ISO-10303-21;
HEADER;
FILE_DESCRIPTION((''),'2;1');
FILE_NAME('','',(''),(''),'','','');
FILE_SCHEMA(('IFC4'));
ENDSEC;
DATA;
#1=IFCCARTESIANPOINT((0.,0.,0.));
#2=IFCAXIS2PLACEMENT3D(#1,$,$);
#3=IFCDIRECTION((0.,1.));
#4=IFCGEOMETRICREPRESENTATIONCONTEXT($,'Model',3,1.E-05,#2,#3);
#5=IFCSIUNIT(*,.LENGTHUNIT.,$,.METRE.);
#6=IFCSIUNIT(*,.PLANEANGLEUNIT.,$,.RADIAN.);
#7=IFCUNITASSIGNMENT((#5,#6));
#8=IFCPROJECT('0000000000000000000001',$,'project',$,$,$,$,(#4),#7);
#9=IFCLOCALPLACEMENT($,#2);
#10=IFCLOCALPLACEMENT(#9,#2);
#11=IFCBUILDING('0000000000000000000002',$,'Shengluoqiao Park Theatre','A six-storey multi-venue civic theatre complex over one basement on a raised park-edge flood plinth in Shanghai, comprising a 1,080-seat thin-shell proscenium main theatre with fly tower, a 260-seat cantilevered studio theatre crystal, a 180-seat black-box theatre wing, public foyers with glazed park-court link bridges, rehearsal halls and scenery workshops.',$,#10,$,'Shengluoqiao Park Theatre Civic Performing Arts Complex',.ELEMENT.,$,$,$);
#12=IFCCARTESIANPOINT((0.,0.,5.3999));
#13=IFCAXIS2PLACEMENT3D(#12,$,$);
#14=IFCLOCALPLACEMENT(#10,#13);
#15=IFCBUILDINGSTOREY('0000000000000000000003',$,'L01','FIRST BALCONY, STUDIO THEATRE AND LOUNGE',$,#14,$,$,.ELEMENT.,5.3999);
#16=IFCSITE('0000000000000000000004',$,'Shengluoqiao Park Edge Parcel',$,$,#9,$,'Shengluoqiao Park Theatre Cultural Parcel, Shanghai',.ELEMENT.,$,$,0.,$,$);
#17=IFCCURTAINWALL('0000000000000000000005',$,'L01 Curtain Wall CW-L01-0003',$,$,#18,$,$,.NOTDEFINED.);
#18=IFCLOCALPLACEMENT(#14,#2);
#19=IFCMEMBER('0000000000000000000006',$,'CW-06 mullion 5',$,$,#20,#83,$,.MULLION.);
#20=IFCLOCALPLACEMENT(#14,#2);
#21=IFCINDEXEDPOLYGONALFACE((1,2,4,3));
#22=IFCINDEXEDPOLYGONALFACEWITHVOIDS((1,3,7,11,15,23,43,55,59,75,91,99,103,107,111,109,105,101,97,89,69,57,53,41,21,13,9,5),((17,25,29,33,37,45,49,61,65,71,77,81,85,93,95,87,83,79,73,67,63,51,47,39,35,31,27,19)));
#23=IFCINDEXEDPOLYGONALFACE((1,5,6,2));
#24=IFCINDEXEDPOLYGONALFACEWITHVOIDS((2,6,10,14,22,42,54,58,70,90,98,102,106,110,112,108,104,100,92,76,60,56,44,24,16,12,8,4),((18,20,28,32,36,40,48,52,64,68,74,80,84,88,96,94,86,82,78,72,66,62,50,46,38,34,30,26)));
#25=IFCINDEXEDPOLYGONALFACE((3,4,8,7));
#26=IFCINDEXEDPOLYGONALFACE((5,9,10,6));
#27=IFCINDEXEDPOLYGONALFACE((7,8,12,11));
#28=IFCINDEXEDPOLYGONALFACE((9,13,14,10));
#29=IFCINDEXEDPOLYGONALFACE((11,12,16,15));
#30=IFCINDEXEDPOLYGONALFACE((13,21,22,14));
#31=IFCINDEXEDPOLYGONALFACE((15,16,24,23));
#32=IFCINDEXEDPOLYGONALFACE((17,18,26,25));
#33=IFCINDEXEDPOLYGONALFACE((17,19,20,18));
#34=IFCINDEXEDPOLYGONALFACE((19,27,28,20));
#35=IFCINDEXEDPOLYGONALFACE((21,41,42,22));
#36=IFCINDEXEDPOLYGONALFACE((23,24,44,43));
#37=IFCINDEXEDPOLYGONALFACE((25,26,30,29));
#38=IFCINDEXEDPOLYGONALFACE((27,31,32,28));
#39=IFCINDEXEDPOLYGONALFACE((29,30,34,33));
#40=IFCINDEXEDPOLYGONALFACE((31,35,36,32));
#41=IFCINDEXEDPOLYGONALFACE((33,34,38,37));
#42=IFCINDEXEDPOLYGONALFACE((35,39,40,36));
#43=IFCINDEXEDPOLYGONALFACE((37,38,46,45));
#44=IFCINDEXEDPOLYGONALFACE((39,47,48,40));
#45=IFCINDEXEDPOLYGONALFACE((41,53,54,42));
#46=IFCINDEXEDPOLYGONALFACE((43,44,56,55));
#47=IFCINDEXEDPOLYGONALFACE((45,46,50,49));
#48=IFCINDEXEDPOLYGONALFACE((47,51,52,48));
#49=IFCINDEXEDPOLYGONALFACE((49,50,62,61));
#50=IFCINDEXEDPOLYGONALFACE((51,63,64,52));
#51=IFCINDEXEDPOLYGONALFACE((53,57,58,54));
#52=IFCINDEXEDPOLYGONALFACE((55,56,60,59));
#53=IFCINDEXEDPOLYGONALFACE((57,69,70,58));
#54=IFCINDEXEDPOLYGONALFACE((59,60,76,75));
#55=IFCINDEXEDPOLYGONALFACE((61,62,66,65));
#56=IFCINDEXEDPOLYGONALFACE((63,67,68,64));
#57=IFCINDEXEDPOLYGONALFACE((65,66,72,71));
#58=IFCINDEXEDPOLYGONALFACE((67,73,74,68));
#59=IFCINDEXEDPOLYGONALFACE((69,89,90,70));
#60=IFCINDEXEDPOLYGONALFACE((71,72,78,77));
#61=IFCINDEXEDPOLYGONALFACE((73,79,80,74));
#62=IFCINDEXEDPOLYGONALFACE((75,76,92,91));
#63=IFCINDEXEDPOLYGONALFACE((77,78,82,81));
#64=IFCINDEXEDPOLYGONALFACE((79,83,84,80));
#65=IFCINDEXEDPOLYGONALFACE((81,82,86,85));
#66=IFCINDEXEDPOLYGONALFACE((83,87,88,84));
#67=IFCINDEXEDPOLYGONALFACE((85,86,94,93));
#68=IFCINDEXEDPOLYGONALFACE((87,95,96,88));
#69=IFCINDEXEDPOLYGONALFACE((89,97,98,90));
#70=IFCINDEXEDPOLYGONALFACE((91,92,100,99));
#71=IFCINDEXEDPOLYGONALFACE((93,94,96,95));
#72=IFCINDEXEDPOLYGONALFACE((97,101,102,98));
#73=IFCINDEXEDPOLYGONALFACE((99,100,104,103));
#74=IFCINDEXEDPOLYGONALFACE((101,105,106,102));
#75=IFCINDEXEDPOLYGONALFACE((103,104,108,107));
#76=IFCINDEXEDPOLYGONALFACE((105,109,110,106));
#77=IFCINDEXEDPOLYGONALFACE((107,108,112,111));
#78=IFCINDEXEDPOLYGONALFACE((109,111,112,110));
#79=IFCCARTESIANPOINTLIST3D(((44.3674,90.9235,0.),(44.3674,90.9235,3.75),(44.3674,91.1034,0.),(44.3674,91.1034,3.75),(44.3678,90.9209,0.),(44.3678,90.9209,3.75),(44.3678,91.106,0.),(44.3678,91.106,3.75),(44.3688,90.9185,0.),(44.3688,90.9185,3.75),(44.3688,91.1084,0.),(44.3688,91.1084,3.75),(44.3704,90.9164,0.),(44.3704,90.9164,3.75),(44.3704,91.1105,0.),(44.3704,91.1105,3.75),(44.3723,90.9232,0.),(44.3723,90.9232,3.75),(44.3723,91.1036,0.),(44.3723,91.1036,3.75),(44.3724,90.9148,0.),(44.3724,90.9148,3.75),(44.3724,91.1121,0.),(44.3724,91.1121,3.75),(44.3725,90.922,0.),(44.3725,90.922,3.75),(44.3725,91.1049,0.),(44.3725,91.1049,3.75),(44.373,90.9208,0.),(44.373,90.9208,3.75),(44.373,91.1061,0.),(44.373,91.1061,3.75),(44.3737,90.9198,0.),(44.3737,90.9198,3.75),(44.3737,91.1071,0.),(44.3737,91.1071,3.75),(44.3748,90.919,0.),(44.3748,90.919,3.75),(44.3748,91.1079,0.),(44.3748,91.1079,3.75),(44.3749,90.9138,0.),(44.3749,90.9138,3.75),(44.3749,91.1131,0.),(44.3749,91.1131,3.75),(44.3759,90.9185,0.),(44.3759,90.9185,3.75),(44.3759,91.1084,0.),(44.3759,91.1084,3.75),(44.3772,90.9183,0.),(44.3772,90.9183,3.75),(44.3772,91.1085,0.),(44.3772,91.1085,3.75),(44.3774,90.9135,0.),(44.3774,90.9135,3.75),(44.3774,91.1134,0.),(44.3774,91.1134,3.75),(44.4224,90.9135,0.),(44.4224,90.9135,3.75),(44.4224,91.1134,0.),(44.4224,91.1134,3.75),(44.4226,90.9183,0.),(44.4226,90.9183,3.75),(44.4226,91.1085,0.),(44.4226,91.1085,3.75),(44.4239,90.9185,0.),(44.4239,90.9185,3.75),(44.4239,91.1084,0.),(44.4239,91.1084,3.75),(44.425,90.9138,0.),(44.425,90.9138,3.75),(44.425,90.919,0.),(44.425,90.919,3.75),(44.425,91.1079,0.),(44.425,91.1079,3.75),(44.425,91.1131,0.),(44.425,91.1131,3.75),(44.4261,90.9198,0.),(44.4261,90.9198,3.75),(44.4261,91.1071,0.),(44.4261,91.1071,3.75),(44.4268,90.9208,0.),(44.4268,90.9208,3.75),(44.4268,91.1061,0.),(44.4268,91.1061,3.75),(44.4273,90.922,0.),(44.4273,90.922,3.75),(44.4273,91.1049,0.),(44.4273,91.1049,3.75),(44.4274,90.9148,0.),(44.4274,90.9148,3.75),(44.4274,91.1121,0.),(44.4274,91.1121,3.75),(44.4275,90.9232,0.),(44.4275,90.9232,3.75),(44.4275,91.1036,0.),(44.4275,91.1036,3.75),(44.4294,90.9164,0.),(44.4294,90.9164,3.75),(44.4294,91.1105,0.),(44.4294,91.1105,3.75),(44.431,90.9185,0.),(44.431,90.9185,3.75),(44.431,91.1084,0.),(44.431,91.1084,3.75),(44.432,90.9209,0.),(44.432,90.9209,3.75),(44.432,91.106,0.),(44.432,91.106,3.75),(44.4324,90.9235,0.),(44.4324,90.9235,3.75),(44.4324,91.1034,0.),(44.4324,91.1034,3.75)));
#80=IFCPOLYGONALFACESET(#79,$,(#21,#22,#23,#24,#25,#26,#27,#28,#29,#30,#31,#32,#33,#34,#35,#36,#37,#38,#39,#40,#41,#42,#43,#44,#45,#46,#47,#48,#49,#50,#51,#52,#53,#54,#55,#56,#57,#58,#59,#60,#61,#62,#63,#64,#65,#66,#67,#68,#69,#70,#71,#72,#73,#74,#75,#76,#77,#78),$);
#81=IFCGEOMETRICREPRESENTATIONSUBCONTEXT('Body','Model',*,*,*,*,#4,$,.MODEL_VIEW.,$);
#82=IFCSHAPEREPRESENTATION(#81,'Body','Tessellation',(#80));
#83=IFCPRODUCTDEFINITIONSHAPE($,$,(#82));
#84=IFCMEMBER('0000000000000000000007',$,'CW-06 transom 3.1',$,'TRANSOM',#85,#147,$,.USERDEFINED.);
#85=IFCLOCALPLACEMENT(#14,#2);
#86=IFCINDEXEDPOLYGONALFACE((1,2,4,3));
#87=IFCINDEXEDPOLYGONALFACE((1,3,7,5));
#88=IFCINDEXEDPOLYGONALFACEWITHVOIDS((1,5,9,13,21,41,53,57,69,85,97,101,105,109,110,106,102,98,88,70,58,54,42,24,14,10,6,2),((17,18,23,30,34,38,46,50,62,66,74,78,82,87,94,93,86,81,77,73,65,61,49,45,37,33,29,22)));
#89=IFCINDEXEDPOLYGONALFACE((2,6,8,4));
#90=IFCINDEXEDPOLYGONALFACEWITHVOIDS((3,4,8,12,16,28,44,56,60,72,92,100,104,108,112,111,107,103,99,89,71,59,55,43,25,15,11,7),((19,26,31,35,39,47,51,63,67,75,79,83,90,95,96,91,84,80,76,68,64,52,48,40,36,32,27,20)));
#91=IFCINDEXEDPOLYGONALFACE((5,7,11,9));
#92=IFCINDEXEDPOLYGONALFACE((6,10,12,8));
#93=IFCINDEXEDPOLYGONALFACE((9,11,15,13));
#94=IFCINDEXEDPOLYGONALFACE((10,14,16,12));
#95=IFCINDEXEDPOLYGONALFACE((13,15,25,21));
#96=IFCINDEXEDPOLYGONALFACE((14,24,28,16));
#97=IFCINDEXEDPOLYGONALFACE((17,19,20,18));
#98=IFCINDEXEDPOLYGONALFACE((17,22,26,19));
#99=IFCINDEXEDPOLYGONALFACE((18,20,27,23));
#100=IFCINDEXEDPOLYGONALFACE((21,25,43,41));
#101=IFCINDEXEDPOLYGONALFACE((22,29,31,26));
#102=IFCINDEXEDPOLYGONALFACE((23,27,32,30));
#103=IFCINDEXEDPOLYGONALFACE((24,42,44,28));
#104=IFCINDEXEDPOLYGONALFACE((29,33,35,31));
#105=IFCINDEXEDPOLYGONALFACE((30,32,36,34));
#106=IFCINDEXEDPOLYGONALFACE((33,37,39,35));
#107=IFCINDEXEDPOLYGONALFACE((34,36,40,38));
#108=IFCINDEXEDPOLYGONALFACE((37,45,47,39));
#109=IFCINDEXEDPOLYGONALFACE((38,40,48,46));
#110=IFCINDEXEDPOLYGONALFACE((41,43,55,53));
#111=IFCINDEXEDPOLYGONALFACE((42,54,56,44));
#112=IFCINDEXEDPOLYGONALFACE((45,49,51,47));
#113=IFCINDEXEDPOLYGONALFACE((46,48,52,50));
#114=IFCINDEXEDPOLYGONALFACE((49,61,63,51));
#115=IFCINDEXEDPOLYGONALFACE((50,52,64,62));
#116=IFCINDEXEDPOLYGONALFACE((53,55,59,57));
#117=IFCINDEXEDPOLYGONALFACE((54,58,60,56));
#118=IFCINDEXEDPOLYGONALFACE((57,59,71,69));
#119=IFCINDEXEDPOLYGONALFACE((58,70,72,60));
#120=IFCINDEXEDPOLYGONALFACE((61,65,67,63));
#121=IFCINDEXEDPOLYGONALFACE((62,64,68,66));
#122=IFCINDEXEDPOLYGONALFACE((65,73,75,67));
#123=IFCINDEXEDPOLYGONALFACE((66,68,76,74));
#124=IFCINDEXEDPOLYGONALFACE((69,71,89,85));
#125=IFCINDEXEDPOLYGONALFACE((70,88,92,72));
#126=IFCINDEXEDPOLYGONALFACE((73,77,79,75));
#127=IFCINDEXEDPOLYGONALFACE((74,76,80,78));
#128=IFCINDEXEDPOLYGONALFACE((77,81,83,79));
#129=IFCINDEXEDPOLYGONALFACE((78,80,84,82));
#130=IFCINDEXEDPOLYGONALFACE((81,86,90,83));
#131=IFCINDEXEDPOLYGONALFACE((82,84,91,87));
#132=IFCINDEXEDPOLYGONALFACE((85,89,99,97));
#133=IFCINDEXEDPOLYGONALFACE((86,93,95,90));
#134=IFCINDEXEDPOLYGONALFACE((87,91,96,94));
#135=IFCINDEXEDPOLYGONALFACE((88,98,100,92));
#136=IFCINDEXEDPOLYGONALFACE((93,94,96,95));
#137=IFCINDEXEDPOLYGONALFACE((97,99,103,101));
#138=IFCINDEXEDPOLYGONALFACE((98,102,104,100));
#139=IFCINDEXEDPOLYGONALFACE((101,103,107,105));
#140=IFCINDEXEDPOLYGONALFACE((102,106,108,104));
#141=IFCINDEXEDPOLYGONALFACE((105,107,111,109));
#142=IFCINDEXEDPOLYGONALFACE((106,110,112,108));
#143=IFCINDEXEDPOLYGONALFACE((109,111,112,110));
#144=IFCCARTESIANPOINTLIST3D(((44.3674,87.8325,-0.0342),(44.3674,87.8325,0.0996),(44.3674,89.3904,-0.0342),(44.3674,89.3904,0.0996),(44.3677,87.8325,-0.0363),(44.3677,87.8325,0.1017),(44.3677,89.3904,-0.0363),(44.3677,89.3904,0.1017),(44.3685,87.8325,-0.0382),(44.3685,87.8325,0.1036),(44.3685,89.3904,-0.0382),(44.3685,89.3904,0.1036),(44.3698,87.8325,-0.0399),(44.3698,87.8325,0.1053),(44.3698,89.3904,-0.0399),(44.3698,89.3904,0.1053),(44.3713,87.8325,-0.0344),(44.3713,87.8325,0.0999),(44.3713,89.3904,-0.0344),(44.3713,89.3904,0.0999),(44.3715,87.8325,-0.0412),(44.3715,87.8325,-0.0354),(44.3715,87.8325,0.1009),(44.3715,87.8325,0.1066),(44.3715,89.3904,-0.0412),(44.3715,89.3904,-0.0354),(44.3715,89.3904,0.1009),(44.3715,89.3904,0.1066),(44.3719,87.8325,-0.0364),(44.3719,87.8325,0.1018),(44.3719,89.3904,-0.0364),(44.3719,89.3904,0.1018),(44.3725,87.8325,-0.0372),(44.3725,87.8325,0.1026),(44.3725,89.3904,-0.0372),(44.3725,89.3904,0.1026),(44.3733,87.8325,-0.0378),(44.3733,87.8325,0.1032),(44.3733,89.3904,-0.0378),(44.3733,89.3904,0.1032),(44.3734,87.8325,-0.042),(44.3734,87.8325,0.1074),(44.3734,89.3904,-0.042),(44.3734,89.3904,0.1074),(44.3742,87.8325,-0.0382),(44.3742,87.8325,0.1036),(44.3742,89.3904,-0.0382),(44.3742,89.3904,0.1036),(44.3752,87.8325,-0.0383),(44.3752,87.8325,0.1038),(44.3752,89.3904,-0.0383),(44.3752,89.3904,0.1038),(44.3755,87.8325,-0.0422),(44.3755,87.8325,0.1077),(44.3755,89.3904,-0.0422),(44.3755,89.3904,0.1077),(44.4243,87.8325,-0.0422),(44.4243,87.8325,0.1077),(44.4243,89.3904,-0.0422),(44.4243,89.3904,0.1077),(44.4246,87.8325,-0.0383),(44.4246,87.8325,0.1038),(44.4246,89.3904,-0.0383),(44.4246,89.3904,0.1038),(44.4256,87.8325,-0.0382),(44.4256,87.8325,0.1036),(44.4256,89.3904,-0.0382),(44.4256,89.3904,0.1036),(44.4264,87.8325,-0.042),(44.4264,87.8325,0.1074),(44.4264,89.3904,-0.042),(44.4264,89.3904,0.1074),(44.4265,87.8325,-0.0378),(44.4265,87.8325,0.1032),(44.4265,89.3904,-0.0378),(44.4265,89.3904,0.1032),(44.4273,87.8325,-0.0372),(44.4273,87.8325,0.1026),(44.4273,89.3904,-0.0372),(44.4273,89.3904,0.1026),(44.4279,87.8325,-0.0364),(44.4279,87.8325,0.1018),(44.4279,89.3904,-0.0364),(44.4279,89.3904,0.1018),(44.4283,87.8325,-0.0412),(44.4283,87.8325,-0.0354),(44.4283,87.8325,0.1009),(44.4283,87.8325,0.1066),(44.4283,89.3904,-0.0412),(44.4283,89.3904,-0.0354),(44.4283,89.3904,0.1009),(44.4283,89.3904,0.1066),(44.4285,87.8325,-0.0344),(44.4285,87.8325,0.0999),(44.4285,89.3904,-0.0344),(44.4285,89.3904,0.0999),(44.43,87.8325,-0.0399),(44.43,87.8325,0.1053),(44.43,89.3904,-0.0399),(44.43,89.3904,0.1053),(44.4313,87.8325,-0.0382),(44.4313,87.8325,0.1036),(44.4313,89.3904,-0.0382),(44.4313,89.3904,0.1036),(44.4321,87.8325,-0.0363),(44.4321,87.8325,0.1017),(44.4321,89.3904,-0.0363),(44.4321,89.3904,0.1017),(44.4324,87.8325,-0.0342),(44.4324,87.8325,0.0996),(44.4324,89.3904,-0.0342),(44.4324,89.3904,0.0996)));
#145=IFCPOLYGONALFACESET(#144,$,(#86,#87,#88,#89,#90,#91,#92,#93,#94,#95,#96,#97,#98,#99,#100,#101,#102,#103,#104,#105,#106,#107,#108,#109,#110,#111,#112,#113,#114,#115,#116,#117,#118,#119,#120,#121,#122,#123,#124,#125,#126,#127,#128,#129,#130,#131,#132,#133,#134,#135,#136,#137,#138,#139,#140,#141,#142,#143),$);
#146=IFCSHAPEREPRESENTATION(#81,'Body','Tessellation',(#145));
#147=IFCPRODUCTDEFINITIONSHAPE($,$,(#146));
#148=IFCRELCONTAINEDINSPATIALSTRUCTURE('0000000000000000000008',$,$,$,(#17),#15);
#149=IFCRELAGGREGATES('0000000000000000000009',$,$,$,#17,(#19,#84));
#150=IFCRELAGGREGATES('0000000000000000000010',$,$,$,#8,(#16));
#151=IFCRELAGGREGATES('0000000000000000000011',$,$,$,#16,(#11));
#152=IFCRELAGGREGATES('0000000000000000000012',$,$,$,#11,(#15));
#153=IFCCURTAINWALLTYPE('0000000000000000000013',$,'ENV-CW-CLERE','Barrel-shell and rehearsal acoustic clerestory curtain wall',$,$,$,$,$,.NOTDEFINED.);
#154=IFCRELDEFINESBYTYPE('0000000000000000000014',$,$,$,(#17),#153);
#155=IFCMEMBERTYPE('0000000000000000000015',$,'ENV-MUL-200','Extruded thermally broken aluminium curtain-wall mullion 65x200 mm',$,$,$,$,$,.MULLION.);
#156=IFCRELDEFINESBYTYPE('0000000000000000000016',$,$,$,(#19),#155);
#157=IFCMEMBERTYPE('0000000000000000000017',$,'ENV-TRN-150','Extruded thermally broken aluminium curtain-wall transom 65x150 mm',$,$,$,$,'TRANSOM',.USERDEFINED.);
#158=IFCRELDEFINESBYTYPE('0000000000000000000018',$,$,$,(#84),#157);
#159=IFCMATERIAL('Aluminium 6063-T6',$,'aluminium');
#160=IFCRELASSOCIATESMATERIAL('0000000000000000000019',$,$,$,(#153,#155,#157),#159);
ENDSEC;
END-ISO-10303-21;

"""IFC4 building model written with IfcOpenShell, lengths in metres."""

from ifc_helpers import new_model, si_unit, direction, frame, origin, origin_2d, place, context, subcontext, project, spatial, hollow_rectangle, extrude, material, material_profile, profile_set, type_object, element, aggregate, save


model = new_model("IFC4")

# Units and contexts
model_context = context("Model", 3, precision=1e-05, world=origin(), true_north=direction((0.0, 1.0)))
body_context = subcontext(model_context, "Body", "Model", "MODEL_VIEW")
ifc_project = project(units=[si_unit("LENGTHUNIT", "METRE"), si_unit("PLANEANGLEUNIT", "RADIAN")], contexts=[model_context])

# Site, building, storey
site_placement = place(None, origin())
site = spatial("IfcSite", under=ifc_project, at=site_placement, Name="Shengluoqiao Park Edge Parcel", LongName="Shengluoqiao Park Theatre Cultural Parcel, Shanghai", CompositionType="ELEMENT", RefElevation=0.0)
building_placement = place(site_placement, origin())
building = spatial("IfcBuilding", under=site, at=building_placement, Name="Shengluoqiao Park Theatre", Description="A six-storey multi-venue civic theatre complex over one basement on a raised park-edge flood plinth in Shanghai, comprising a 1,080-seat thin-shell proscenium main theatre with fly tower, a 260-seat cantilevered studio theatre crystal, a 180-seat black-box theatre wing, public foyers with glazed park-court link bridges, rehearsal halls and scenery workshops.", LongName="Shengluoqiao Park Theatre Civic Performing Arts Complex", CompositionType="ELEMENT")
storey_placement = place(building_placement, frame((0.0, 0.0, 5.3999)))
storey = spatial("IfcBuildingStorey", under=building, at=storey_placement, Name="L01", Description="FIRST BALCONY, STUDIO THEATRE AND LOUNGE", CompositionType="ELEMENT", Elevation=5.3999)

# Curtain wall, members
ifc_material_1 = material(Name="Aluminium 6063-T6", Category="aluminium")
curtain_wall_type = type_object("IfcCurtainWallType", Name="ENV-CW-CLERE", Description="Barrel-shell and rehearsal acoustic clerestory curtain wall", PredefinedType="NOTDEFINED", material=ifc_material_1)
curtain_wall_placement = place(storey_placement, origin())
curtain_wall = element("IfcCurtainWall", 1, at=curtain_wall_placement, inside=storey, type_object=curtain_wall_type, Name="L01 Curtain Wall CW-L01-0003", PredefinedType="NOTDEFINED")
ifc_material_profile_1 = material_profile(ifc_material_1, hollow_rectangle(XDim=0.0649, YDim=0.2, WallThickness=0.0049, InnerFilletRadius=0.0049, OuterFilletRadius=0.01, at=origin_2d()), Name="ALU MULLION 200x65x5")
ifc_profile_set_1 = profile_set([ifc_material_profile_1], Name="Aluminium 6063-T6")
member_type_1 = type_object("IfcMemberType", Name="ENV-MUL-200", Description="Extruded thermally broken aluminium curtain-wall mullion 65x200 mm", PredefinedType="MULLION", material=ifc_profile_set_1)
member_1_placement = place(storey_placement, frame((44.3999, 91.0134, 0.0), z_axis=(0.0, 0.0, 1.0), x_axis=(-1.0, 0.0, 0.0)))
member_1 = element("IfcMember", 2, at=member_1_placement, type_object=member_type_1, Name="CW-06 mullion 5", PredefinedType="MULLION", context=body_context, shape_type="SweptSolid", body=[
    extrude(hollow_rectangle(XDim=0.0649, YDim=0.2, WallThickness=0.0049, InnerFilletRadius=0.0049, OuterFilletRadius=0.01, at=origin_2d()), origin(), (0.0, 0.0, 1.0), 3.75),
])
ifc_material_profile_2 = material_profile(ifc_material_1, hollow_rectangle(XDim=0.0649, YDim=0.1499, WallThickness=0.0039, InnerFilletRadius=0.0039, OuterFilletRadius=0.0081, at=origin_2d()), Name="ALU TRANSOM 150x65x4")
ifc_profile_set_2 = profile_set([ifc_material_profile_2], Name="Aluminium 6063-T6")
member_type_2 = type_object("IfcMemberType", Name="ENV-TRN-150", Description="Extruded thermally broken aluminium curtain-wall transom 65x150 mm", ElementType="TRANSOM", PredefinedType="USERDEFINED", material=ifc_profile_set_2)
member_2_placement = place(storey_placement, frame((44.3999, 87.8325, 0.0327), z_axis=(0.0, 1.0, 0.0), x_axis=(-1.0, 0.0, 0.0)))
member_2 = element("IfcMember", 3, at=member_2_placement, type_object=member_type_2, Name="CW-06 transom 3.1", ObjectType="TRANSOM", PredefinedType="USERDEFINED", context=body_context, shape_type="SweptSolid", body=[
    extrude(hollow_rectangle(XDim=0.0649, YDim=0.1499, WallThickness=0.0039, InnerFilletRadius=0.0039, OuterFilletRadius=0.0081, at=origin_2d()), origin(), (0.0, 0.0, 1.0), 1.5579),
])

aggregate(curtain_wall, [member_1, member_2])

save(model, "model.ifc")
